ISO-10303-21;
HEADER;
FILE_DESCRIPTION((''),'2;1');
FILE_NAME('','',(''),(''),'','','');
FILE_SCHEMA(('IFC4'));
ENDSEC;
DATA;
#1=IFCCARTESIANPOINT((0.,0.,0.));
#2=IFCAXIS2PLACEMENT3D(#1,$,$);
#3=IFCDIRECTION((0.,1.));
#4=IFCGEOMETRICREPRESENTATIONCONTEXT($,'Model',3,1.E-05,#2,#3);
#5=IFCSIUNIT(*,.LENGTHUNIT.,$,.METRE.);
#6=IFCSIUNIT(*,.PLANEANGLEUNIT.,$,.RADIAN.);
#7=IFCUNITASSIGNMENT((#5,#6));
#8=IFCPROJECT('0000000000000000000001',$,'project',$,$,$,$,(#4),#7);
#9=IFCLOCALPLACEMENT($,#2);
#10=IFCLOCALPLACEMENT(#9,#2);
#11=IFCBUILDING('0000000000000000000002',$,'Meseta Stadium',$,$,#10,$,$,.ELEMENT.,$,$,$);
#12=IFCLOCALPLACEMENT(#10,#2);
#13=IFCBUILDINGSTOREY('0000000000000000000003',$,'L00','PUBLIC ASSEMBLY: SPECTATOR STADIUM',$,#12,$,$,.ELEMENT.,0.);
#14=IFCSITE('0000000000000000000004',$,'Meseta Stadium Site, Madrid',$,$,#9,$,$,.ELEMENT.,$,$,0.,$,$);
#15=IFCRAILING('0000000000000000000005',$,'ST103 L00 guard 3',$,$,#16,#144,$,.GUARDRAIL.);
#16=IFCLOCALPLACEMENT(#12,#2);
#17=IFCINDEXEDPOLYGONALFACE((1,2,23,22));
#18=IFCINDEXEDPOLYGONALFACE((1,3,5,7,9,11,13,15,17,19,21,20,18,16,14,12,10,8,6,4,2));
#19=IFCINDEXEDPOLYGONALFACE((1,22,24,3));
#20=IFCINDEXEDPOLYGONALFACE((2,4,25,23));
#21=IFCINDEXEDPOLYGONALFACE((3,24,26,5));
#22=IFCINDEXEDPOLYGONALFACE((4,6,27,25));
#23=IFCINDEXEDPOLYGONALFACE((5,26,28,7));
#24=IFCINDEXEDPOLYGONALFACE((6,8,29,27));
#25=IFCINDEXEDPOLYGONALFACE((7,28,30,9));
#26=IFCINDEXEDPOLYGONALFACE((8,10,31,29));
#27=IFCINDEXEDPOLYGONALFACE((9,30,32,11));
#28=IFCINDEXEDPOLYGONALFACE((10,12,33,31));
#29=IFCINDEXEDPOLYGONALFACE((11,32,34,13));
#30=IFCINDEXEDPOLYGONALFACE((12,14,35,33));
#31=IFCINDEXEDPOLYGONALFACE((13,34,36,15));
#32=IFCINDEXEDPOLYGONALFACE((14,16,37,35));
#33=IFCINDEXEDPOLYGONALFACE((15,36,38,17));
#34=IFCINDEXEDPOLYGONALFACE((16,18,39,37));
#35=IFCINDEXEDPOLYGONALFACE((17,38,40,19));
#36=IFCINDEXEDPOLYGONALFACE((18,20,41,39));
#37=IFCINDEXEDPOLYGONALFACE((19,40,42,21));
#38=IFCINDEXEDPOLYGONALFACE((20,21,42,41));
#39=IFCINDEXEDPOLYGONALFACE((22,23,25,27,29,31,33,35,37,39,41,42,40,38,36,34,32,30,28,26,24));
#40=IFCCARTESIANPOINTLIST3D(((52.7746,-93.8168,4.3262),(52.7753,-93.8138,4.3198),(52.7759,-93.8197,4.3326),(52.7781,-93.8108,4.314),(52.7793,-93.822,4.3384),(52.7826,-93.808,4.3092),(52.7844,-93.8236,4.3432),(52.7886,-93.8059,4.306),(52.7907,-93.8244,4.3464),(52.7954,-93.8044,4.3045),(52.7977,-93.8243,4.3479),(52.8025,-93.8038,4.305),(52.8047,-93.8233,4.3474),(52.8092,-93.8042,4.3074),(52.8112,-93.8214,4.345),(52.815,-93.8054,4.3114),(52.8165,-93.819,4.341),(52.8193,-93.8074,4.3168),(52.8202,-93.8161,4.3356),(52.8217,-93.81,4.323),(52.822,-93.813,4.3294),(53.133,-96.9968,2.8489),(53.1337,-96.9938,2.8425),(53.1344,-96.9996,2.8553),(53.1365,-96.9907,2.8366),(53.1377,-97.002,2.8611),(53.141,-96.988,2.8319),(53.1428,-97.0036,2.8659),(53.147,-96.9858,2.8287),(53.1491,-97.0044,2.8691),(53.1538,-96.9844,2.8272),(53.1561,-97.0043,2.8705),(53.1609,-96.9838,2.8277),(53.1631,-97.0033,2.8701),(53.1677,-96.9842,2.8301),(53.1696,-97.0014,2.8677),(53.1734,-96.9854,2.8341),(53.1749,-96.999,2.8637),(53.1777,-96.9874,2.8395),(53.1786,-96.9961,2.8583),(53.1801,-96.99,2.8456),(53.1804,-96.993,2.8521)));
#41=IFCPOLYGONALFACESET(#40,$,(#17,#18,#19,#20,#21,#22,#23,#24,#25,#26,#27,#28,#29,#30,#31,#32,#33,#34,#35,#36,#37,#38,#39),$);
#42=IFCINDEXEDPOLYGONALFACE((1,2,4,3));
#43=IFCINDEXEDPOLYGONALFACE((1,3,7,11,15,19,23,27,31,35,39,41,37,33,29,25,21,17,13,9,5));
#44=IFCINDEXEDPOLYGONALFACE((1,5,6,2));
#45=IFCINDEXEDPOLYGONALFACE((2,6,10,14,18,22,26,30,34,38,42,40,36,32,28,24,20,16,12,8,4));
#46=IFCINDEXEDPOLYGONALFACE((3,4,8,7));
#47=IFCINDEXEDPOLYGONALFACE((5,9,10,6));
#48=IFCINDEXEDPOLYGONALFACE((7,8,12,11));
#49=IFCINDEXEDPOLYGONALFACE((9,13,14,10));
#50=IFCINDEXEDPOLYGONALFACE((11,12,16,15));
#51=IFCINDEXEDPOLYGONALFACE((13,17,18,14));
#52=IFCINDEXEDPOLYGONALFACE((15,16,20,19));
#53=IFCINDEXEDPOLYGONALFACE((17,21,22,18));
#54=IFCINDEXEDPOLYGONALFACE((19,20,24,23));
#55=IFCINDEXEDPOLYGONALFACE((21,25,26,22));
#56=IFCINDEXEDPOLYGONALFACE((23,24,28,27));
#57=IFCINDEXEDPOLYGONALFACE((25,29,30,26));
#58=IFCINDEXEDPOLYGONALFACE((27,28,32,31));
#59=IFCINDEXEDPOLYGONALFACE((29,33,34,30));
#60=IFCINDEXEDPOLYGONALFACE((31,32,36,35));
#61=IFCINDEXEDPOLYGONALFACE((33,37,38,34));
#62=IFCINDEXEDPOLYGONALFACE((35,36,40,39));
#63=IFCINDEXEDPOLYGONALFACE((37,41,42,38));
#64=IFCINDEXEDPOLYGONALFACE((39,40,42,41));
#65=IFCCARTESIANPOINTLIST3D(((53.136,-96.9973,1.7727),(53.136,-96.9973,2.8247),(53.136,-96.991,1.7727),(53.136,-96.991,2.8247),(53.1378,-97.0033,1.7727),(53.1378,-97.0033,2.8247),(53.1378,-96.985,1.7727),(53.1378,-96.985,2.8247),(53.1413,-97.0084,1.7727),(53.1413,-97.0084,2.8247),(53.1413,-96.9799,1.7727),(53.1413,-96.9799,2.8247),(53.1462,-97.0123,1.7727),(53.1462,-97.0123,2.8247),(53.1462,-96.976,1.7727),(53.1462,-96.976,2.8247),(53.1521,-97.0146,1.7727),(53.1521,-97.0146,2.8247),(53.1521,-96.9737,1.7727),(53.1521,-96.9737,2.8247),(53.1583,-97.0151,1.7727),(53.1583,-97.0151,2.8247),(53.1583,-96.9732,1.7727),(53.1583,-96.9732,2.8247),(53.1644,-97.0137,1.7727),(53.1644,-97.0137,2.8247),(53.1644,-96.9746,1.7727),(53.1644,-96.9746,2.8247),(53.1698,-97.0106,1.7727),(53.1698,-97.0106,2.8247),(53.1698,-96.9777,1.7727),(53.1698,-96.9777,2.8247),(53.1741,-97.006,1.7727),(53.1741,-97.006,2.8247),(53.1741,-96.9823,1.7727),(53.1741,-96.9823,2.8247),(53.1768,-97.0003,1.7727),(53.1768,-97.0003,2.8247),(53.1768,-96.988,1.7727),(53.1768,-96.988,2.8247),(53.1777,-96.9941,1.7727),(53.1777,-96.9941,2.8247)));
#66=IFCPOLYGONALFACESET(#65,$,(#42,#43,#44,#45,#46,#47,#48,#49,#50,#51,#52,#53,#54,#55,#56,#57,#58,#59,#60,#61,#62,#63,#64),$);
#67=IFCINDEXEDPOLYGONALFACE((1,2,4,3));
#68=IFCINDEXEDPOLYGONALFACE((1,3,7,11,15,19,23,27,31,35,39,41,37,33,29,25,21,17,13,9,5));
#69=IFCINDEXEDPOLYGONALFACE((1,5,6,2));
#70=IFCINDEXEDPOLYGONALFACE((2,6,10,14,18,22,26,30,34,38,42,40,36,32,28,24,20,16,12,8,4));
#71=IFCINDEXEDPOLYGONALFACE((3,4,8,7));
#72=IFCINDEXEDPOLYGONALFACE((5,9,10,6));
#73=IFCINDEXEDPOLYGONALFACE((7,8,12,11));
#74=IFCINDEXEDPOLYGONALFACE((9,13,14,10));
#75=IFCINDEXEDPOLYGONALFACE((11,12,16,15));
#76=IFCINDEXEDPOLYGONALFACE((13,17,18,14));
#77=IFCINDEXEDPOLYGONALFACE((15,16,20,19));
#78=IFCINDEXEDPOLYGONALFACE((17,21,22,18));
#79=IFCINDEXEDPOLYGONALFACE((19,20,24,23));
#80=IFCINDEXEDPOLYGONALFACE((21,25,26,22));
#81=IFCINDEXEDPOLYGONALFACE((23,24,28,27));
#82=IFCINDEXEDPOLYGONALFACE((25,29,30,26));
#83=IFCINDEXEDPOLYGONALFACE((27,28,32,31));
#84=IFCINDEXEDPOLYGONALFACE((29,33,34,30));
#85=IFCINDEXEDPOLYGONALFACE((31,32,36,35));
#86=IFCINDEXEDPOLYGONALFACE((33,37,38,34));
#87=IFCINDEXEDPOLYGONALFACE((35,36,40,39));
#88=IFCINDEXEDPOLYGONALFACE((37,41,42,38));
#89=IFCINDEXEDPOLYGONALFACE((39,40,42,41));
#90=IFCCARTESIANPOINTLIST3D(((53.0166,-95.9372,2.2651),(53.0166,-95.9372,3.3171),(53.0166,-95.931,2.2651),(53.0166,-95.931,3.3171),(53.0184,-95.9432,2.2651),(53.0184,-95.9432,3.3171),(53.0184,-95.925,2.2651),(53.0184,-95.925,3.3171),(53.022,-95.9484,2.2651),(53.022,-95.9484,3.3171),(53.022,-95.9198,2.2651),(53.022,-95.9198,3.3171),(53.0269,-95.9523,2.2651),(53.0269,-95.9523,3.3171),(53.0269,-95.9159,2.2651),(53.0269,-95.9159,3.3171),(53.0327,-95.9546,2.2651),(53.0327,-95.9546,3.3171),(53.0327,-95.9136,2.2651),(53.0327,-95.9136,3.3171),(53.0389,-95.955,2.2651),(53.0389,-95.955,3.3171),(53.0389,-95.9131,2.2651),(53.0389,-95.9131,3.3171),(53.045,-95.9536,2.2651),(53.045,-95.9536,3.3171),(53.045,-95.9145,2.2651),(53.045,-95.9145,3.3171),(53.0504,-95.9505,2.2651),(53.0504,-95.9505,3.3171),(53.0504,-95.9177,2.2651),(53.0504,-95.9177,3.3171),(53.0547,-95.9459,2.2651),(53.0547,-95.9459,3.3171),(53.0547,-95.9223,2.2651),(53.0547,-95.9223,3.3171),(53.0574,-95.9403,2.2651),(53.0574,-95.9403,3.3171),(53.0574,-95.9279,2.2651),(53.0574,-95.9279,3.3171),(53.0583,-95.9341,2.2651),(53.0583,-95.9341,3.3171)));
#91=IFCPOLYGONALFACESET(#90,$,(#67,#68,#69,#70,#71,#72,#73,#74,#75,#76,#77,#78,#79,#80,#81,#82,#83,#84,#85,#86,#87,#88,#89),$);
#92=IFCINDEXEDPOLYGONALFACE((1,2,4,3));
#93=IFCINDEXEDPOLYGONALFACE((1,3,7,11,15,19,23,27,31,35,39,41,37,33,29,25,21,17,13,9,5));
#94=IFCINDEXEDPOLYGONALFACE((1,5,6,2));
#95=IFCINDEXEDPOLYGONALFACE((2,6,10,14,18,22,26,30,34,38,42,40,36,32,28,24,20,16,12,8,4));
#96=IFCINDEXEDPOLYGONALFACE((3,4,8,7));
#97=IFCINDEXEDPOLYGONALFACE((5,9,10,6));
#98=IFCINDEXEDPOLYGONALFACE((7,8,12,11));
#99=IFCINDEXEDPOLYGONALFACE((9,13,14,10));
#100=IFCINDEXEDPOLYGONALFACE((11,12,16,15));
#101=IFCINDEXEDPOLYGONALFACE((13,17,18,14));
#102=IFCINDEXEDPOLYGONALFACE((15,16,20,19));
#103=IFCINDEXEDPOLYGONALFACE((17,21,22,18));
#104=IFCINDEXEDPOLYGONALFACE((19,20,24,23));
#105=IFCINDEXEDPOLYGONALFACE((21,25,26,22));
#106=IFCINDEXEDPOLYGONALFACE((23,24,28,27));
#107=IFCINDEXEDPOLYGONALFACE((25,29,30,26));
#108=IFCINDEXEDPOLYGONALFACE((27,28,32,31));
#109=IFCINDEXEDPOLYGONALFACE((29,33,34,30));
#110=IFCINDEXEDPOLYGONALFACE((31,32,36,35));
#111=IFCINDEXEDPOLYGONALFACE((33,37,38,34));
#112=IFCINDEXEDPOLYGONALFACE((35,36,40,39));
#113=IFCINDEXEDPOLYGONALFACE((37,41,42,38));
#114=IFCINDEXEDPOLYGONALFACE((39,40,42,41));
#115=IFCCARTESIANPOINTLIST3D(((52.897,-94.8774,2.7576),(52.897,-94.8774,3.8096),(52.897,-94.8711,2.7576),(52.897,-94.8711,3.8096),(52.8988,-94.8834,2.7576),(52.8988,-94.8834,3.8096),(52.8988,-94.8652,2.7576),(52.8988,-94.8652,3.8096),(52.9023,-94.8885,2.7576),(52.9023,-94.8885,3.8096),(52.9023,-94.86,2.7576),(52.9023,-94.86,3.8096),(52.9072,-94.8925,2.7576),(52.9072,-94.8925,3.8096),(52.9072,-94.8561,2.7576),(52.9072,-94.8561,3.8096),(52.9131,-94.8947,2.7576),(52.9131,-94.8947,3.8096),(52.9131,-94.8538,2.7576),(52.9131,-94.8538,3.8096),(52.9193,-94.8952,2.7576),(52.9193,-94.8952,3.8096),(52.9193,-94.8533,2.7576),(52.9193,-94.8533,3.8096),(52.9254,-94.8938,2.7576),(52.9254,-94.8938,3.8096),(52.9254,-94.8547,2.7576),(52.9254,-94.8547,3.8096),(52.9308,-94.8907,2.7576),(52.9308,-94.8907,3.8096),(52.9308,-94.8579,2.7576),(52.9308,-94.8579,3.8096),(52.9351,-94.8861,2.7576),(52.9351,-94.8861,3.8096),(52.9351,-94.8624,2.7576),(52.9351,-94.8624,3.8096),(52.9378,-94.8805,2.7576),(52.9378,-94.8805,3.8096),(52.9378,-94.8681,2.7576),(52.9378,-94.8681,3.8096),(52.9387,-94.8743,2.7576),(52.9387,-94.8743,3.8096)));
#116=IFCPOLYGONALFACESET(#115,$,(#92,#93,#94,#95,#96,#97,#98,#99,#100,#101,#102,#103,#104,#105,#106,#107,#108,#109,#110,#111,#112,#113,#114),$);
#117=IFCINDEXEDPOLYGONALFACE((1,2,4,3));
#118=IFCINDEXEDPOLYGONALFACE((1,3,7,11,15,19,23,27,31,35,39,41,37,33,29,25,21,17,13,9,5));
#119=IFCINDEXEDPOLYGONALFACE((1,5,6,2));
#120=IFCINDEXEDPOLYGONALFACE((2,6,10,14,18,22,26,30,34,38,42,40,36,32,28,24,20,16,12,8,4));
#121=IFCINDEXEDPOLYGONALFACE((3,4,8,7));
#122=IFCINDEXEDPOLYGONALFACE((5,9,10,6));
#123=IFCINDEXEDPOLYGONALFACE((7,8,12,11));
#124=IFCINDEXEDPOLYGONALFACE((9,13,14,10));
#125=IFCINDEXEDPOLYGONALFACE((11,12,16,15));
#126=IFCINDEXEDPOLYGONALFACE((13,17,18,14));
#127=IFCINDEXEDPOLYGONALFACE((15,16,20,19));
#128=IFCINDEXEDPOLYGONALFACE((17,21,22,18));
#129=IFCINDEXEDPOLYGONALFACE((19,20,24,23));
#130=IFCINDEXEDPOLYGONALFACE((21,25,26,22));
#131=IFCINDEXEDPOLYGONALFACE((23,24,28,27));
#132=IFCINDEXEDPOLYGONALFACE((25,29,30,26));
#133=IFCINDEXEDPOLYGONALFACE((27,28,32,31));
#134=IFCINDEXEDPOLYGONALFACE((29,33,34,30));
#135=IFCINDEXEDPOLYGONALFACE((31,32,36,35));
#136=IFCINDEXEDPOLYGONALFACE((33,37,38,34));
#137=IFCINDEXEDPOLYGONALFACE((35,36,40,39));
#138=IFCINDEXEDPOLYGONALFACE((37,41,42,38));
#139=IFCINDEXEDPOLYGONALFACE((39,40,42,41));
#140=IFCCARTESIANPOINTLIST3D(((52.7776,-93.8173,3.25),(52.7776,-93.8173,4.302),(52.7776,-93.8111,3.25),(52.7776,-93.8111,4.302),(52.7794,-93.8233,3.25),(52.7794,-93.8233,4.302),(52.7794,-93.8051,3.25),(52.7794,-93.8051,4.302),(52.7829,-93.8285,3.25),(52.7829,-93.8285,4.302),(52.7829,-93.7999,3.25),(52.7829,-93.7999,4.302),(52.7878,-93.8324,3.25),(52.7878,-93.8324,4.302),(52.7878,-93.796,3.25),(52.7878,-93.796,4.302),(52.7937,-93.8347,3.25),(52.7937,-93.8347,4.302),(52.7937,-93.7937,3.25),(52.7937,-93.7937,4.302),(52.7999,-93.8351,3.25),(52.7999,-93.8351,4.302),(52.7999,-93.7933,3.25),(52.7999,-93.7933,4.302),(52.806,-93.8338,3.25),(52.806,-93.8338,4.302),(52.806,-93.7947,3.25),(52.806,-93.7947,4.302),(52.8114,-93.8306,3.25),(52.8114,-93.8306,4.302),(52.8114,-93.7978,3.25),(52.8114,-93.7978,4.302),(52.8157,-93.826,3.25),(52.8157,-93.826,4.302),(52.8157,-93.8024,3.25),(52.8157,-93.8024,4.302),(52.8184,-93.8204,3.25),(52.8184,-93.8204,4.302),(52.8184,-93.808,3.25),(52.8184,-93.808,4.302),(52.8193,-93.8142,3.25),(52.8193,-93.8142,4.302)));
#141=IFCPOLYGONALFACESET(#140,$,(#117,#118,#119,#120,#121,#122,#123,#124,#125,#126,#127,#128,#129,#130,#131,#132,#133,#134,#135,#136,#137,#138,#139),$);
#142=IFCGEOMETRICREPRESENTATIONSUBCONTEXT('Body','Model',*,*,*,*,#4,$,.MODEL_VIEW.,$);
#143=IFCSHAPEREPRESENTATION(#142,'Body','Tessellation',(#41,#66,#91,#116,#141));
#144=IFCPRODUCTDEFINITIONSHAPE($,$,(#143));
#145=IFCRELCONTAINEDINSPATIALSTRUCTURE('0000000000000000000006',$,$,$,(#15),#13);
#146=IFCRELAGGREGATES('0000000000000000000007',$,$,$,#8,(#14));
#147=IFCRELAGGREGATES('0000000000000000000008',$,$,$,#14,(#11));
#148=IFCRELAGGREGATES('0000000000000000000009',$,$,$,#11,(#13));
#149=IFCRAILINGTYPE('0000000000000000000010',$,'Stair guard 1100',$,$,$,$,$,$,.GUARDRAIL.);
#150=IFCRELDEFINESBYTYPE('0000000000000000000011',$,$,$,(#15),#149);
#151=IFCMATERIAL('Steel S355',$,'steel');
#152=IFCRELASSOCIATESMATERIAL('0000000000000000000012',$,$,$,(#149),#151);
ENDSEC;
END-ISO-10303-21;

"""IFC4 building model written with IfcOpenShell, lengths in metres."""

from ifc_helpers import new_model, si_unit, direction, frame, origin, origin_2d, place, context, subcontext, project, spatial, circle, extrude, material, type_object, element, save


model = new_model("IFC4")

# Units and contexts
model_context = context("Model", 3, precision=1e-05, world=origin(), true_north=direction((0.0, 1.0)))
body_context = subcontext(model_context, "Body", "Model", "MODEL_VIEW")
ifc_project = project(units=[si_unit("LENGTHUNIT", "METRE"), si_unit("PLANEANGLEUNIT", "RADIAN")], contexts=[model_context])

# Site, building, storey
site_placement = place(None, origin())
site = spatial("IfcSite", under=ifc_project, at=site_placement, Name="Meseta Stadium Site, Madrid", CompositionType="ELEMENT", RefElevation=0.0)
building_placement = place(site_placement, origin())
building = spatial("IfcBuilding", under=site, at=building_placement, Name="Meseta Stadium", CompositionType="ELEMENT")
storey_placement = place(building_placement, origin())
storey = spatial("IfcBuildingStorey", under=building, at=storey_placement, Name="L00", Description="PUBLIC ASSEMBLY: SPECTATOR STADIUM", CompositionType="ELEMENT", Elevation=0.0)

# Railing
ifc_material_1 = material(Name="Steel S355", Category="steel")
railing_type_1 = type_object("IfcRailingType", Name="Stair guard 1100", PredefinedType="GUARDRAIL", material=ifc_material_1)
for number, where, name in (
    (1, (53.1567, -96.9941, 1.7727), "ST103 L00 guard 3"),
):
    element("IfcRailing", number, at=place(storey_placement, frame(where)), inside=storey, type_object=railing_type_1, Name=name, PredefinedType="GUARDRAIL", context=body_context, shape_type="SweptSolid", body=[
        extrude(circle(Radius=0.0239, at=origin_2d()), frame((0.0, 0.0, 1.0762), z_axis=(-0.101685, 0.90221, 0.419138), x_axis=(-0.993709, -0.111997, 0.0)), (0.0, 0.0, 1.0), 3.5247),
        extrude(circle(Radius=0.021, at=origin_2d()), origin(), (0.0, 0.0, 1.0), 1.052),
        extrude(circle(Radius=0.021, at=origin_2d()), frame((-0.1194, 1.0601, 0.4924)), (0.0, 0.0, 1.0), 1.052),
        extrude(circle(Radius=0.021, at=origin_2d()), frame((-0.239, 2.1199, 0.9849)), (0.0, 0.0, 1.0), 1.052),
        extrude(circle(Radius=0.021, at=origin_2d()), frame((-0.3584, 3.1799, 1.4773)), (0.0, 0.0, 1.0), 1.052),
    ])

save(model, "model.ifc")
